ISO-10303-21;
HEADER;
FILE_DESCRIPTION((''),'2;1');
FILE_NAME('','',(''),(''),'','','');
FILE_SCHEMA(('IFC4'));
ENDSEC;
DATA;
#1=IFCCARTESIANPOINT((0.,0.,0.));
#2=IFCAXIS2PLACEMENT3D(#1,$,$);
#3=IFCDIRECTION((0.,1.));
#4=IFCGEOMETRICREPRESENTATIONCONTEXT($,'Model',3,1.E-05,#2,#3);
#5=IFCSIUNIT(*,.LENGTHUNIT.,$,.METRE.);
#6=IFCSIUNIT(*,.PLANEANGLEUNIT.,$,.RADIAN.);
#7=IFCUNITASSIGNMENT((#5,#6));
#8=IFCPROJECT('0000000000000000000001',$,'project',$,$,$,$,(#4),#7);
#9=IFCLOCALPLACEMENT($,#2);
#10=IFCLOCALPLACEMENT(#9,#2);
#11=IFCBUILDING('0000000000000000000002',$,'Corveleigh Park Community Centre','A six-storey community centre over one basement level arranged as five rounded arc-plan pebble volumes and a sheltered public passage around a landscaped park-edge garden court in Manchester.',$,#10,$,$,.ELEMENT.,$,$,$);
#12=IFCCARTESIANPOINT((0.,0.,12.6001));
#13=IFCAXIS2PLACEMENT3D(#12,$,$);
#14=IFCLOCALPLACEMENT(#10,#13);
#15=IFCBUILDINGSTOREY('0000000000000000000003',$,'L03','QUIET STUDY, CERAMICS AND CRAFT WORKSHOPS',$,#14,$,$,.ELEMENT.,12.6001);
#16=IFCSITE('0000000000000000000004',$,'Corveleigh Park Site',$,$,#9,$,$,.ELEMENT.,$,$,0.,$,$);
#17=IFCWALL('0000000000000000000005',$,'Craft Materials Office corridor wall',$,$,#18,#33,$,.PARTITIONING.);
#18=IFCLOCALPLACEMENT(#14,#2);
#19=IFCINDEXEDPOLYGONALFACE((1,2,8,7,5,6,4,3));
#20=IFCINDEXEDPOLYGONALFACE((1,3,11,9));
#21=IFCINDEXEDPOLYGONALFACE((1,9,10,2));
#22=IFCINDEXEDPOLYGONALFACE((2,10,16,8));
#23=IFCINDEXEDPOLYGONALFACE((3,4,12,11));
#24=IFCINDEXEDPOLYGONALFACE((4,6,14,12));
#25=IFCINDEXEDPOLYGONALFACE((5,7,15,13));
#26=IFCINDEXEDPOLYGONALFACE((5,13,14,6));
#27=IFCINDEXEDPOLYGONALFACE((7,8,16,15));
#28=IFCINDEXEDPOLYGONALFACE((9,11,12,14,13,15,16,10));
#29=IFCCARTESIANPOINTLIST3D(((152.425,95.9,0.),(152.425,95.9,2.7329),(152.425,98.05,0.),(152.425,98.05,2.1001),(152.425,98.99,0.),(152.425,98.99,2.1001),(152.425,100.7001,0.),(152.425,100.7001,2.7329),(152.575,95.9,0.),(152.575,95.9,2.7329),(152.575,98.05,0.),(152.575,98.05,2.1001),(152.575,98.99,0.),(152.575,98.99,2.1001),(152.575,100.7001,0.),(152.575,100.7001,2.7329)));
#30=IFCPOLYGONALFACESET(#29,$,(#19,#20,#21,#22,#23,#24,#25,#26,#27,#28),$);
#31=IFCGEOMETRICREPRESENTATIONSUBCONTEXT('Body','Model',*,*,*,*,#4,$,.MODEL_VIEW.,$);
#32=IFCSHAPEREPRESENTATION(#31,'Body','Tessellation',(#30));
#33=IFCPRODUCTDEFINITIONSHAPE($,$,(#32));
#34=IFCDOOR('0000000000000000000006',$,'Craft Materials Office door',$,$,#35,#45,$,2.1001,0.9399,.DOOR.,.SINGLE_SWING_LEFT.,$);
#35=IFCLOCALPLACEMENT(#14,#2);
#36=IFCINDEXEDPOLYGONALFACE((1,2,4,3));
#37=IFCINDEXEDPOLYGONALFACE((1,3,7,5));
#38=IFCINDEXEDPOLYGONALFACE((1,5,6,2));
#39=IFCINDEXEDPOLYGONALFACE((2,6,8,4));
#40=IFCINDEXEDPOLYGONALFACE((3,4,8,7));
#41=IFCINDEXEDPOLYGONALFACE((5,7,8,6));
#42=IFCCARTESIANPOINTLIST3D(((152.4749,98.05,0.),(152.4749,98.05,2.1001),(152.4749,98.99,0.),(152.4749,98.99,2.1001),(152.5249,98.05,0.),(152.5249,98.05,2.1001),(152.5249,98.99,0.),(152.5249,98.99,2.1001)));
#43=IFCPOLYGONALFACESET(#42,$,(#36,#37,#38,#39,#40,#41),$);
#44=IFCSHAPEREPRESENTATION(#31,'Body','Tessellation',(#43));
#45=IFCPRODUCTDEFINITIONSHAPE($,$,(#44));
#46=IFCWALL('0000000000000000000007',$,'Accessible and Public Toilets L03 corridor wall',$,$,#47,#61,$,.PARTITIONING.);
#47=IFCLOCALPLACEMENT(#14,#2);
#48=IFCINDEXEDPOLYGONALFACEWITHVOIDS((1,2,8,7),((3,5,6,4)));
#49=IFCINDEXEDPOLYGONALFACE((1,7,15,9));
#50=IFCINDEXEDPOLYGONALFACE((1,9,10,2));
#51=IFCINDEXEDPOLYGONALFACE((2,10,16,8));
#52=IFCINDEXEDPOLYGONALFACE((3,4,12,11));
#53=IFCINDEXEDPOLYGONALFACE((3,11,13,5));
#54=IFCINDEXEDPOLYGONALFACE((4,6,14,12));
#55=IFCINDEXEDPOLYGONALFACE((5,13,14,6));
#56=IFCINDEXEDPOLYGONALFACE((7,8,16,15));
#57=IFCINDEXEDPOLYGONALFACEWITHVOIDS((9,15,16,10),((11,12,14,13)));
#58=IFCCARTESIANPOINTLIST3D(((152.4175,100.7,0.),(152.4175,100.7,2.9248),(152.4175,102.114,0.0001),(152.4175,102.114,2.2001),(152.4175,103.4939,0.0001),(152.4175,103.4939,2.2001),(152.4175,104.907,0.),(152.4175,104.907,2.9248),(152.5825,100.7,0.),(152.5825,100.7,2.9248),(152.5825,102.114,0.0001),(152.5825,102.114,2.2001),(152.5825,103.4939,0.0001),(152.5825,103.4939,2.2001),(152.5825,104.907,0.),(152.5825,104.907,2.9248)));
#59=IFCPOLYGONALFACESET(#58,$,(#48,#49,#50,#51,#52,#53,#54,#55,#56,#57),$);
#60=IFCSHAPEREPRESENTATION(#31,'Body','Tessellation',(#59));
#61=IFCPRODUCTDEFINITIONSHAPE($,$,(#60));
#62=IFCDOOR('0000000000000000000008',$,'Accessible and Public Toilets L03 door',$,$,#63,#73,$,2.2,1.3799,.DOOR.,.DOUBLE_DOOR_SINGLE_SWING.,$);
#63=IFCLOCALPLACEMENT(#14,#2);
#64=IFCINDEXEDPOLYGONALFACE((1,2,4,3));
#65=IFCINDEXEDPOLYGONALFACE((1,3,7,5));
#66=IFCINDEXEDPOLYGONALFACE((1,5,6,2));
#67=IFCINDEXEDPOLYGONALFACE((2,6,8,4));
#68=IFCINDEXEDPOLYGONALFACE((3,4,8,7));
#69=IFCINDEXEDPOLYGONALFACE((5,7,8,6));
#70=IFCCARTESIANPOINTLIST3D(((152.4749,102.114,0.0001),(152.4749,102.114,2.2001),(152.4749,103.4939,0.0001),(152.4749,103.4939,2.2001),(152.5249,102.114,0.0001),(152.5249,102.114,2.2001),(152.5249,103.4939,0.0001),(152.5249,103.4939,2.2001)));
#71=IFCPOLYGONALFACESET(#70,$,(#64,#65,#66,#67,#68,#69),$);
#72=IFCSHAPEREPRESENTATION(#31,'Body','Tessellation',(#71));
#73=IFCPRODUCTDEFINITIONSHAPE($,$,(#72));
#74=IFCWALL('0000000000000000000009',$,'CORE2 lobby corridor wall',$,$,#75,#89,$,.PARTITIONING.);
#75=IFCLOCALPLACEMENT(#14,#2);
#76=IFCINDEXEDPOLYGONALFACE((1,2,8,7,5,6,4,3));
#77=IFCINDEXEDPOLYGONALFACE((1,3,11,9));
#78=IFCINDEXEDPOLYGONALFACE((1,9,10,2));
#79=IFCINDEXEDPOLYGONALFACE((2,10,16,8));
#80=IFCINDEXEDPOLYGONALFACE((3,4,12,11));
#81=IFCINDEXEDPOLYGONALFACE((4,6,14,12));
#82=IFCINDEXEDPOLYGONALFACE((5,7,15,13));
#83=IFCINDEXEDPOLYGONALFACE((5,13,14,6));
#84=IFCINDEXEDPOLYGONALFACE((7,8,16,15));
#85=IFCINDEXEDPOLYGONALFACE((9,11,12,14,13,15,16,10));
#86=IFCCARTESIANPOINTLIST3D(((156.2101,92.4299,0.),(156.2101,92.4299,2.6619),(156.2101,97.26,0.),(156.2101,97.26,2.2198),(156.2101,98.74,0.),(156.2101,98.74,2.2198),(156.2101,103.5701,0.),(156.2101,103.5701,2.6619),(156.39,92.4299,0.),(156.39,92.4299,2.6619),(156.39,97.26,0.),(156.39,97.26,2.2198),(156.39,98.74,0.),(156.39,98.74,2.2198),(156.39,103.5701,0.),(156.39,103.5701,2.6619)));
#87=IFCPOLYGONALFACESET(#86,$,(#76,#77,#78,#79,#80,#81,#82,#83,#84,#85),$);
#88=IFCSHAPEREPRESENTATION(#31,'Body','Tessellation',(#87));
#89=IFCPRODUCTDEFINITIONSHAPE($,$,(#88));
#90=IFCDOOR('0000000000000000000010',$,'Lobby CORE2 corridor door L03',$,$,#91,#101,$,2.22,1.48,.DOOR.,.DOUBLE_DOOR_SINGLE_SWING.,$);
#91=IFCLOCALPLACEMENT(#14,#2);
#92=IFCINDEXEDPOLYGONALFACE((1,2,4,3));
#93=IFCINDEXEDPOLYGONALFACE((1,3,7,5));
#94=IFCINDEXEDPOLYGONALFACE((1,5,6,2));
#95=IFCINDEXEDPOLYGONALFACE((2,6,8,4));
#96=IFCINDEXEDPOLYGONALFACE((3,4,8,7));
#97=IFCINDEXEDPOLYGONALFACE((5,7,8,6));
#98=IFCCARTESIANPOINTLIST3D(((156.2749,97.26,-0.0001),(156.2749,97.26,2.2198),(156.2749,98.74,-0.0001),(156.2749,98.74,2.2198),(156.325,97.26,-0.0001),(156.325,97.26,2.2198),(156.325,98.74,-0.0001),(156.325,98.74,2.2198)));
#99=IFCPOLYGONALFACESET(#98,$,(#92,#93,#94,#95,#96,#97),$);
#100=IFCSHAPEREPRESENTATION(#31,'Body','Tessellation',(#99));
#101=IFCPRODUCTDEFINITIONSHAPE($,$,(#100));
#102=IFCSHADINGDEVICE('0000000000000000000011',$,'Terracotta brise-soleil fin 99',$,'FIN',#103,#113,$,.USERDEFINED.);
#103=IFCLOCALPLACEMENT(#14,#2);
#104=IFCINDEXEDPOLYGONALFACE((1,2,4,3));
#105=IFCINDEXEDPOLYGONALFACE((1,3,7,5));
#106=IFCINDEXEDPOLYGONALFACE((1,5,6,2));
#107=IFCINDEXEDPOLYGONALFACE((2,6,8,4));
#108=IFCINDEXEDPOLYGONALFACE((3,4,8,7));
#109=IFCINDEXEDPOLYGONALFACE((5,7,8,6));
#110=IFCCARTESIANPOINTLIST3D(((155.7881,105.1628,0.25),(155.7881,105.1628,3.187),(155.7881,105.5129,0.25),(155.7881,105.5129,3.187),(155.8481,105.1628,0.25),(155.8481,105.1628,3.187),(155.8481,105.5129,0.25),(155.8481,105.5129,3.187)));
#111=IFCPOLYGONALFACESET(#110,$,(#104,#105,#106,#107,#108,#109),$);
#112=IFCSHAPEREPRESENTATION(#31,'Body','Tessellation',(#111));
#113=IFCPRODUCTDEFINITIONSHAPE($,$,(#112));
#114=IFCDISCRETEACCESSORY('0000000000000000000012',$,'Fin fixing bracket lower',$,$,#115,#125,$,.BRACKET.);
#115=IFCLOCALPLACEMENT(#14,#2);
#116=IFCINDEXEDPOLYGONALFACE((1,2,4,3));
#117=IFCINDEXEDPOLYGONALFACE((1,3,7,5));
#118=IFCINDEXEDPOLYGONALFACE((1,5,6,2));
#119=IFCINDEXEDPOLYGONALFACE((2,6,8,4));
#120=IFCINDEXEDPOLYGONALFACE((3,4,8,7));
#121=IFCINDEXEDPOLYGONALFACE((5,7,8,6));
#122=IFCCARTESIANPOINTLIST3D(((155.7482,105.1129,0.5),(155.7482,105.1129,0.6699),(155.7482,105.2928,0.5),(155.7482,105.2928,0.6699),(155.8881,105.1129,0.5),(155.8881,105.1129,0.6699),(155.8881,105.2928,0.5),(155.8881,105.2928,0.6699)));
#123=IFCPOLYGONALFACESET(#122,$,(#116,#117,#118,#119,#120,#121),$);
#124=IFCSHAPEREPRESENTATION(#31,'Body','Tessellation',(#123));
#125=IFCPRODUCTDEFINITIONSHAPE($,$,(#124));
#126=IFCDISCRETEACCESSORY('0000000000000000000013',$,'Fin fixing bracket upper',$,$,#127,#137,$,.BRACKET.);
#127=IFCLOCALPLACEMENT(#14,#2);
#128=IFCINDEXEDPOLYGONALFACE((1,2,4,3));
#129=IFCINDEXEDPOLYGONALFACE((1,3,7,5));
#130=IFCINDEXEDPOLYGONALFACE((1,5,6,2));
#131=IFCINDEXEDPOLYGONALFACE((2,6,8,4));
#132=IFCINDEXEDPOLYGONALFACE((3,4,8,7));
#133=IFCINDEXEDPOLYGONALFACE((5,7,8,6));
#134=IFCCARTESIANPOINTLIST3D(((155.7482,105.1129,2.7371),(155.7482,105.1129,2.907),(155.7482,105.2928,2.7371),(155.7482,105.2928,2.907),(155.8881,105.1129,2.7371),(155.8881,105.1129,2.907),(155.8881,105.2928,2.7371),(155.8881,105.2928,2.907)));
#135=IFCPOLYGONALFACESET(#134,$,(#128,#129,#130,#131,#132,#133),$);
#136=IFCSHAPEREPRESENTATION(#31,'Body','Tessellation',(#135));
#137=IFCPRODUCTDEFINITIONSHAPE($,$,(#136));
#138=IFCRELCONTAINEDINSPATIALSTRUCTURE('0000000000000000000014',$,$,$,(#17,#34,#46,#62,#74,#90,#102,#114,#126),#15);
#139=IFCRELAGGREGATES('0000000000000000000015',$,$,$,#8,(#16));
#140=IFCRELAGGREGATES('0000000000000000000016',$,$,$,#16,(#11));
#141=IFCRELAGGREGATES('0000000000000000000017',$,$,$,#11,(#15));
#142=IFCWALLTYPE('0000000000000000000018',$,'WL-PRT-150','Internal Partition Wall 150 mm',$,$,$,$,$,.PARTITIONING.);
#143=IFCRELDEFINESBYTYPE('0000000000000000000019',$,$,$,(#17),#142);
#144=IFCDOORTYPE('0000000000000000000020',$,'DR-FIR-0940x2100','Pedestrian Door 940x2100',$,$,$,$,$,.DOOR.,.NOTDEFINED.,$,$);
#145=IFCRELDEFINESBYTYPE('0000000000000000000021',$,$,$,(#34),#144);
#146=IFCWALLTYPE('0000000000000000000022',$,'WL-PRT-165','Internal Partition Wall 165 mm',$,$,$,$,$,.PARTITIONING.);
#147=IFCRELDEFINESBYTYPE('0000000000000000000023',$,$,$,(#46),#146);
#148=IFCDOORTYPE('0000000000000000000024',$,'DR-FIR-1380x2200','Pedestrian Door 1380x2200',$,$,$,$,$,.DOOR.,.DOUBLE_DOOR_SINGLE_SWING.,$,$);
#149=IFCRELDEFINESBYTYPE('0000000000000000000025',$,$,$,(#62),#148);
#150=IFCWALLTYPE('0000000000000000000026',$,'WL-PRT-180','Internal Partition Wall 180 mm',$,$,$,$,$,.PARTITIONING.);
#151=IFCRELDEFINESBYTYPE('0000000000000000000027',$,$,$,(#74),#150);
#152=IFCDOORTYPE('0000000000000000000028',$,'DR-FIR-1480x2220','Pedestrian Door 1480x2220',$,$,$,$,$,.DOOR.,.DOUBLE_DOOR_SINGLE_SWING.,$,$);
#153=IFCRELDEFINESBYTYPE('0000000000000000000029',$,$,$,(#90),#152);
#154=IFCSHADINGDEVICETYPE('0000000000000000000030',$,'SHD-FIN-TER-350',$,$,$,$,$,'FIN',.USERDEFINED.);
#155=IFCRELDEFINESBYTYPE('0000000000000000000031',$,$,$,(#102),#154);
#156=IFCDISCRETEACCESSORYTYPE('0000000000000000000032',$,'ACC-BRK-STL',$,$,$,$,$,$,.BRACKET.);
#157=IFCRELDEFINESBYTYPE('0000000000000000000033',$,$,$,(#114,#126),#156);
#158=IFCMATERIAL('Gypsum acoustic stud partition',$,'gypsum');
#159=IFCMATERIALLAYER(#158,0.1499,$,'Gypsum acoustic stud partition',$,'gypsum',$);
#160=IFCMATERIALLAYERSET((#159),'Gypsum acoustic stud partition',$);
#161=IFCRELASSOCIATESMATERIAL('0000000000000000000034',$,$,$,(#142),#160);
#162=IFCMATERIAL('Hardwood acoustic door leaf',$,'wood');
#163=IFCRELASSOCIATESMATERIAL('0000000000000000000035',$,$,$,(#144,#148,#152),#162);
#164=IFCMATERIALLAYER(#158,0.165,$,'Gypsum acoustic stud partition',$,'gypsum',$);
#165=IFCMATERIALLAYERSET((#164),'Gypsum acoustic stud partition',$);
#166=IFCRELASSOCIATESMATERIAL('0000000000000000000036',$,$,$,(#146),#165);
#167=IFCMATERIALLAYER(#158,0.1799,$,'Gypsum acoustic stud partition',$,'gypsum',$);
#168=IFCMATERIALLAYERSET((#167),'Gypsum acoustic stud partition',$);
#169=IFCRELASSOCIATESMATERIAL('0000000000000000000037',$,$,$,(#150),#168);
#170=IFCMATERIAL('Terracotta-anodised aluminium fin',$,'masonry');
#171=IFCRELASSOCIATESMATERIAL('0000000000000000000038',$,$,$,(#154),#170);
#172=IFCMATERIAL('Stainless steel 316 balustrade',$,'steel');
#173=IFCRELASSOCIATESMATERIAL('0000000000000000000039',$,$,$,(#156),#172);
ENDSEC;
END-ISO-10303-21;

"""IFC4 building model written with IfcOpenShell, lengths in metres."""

from ifc_helpers import new_model, si_unit, direction, frame, frame_2d, origin, origin_2d, place, context, subcontext, project, spatial, rectangle, extrude, material, layer, layer_set, type_object, element, fill, save


model = new_model("IFC4")

# Units and contexts
model_context = context("Model", 3, precision=1e-05, world=origin(), true_north=direction((0.0, 1.0)))
body_context = subcontext(model_context, "Body", "Model", "MODEL_VIEW")
ifc_project = project(units=[si_unit("LENGTHUNIT", "METRE"), si_unit("PLANEANGLEUNIT", "RADIAN")], contexts=[model_context])

# Site, building, storey
site_placement = place(None, origin())
site = spatial("IfcSite", under=ifc_project, at=site_placement, Name="Corveleigh Park Site", CompositionType="ELEMENT", RefElevation=0.0)
building_placement = place(site_placement, origin())
building = spatial("IfcBuilding", under=site, at=building_placement, Name="Corveleigh Park Community Centre", Description="A six-storey community centre over one basement level arranged as five rounded arc-plan pebble volumes and a sheltered public passage around a landscaped park-edge garden court in Manchester.", CompositionType="ELEMENT")
storey_placement = place(building_placement, frame((0.0, 0.0, 12.6001)))
storey = spatial("IfcBuildingStorey", under=building, at=storey_placement, Name="L03", Description="QUIET STUDY, CERAMICS AND CRAFT WORKSHOPS", CompositionType="ELEMENT", Elevation=12.6001)

# Walls, openings, doors
ifc_material_1 = material(Name="Gypsum acoustic stud partition", Category="gypsum")
ifc_layer_1 = layer(ifc_material_1, 0.1499, Name="Gypsum acoustic stud partition", Category="gypsum")
ifc_layer_set_1 = layer_set([ifc_layer_1], Name="Gypsum acoustic stud partition")
wall_type_1 = type_object("IfcWallType", Name="WL-PRT-150", Description="Internal Partition Wall 150 mm", PredefinedType="PARTITIONING", material=ifc_layer_set_1)
wall_1_placement = place(storey_placement, frame((152.5, 100.7, 0.0), z_axis=(0.0, 0.0, 1.0), x_axis=(0.0, -1.0, 0.0)))
wall_1 = element("IfcWall", 1, at=wall_1_placement, inside=storey, type_object=wall_type_1, Name="Craft Materials Office corridor wall", PredefinedType="PARTITIONING", context=body_context, shape_type="SweptSolid", body=[
    extrude(rectangle(XDim=4.8, YDim=0.1499, at=frame_2d((2.3999, 0.0))), origin(), (0.0, 0.0, 1.0), 2.7329),
])
opening_1_placement = place(wall_1_placement, frame((1.71, 0.0, 0.0)))
opening_1 = element("IfcOpeningElement", 2, at=opening_1_placement, cuts=wall_1, PredefinedType="OPENING", context=body_context, shape_type="SweptSolid", body=[
    extrude(rectangle(XDim=0.9399, YDim=2.1001, at=frame_2d((0.47, 1.05))), frame((0.0, 0.085, 0.0), z_axis=(0.0, -1.0, 0.0), x_axis=(1.0, 0.0, 0.0)), (0.0, 0.0, 1.0), 0.1699),
])
ifc_material_2 = material(Name="Hardwood acoustic door leaf", Category="wood")
door_type_1 = type_object("IfcDoorType", Name="DR-FIR-0940x2100", Description="Pedestrian Door 940x2100", OperationType="NOTDEFINED", PredefinedType="DOOR", material=ifc_material_2)
door_1_placement = place(opening_1_placement, origin())
door_1 = element("IfcDoor", 3, at=door_1_placement, inside=storey, type_object=door_type_1, Name="Craft Materials Office door", OperationType="SINGLE_SWING_LEFT", OverallHeight=2.1001, OverallWidth=0.9399, PredefinedType="DOOR", context=body_context, shape_type="SweptSolid", body=[
    extrude(rectangle(XDim=0.9399, YDim=2.1001, at=frame_2d((0.47, 1.05))), frame((0.0, 0.0249, 0.0), z_axis=(0.0, -1.0, 0.0), x_axis=(1.0, 0.0, 0.0)), (0.0, 0.0, 1.0), 0.05),
])
fill(opening_1, door_1)
ifc_layer_2 = layer(ifc_material_1, 0.165, Name="Gypsum acoustic stud partition", Category="gypsum")
ifc_layer_set_2 = layer_set([ifc_layer_2], Name="Gypsum acoustic stud partition")
wall_type_2 = type_object("IfcWallType", Name="WL-PRT-165", Description="Internal Partition Wall 165 mm", PredefinedType="PARTITIONING", material=ifc_layer_set_2)
wall_2_placement = place(storey_placement, frame((152.5, 104.907, 0.0), z_axis=(0.0, 0.0, 1.0), x_axis=(0.0, -1.0, 0.0)))
wall_2 = element("IfcWall", 4, at=wall_2_placement, inside=storey, type_object=wall_type_2, Name="Accessible and Public Toilets L03 corridor wall", PredefinedType="PARTITIONING", context=body_context, shape_type="SweptSolid", body=[
    extrude(rectangle(XDim=4.207, YDim=0.165, at=frame_2d((2.1035, 0.0))), origin(), (0.0, 0.0, 1.0), 2.9248),
])
opening_2_placement = place(wall_2_placement, frame((1.4131, 0.0, 0.0)))
opening_2 = element("IfcOpeningElement", 5, at=opening_2_placement, cuts=wall_2, PredefinedType="OPENING", context=body_context, shape_type="SweptSolid", body=[
    extrude(rectangle(XDim=1.3799, YDim=2.2, at=frame_2d((0.6899, 1.1001))), frame((0.0, 0.0925, 0.0), z_axis=(0.0, -1.0, 0.0), x_axis=(1.0, 0.0, 0.0)), (0.0, 0.0, 1.0), 0.1851),
])
door_type_2 = type_object("IfcDoorType", Name="DR-FIR-1380x2200", Description="Pedestrian Door 1380x2200", OperationType="DOUBLE_DOOR_SINGLE_SWING", PredefinedType="DOOR", material=ifc_material_2)
door_2_placement = place(opening_2_placement, origin())
door_2 = element("IfcDoor", 6, at=door_2_placement, inside=storey, type_object=door_type_2, Name="Accessible and Public Toilets L03 door", OperationType="DOUBLE_DOOR_SINGLE_SWING", OverallHeight=2.2, OverallWidth=1.3799, PredefinedType="DOOR", context=body_context, shape_type="SweptSolid", body=[
    extrude(rectangle(XDim=1.3799, YDim=2.2, at=frame_2d((0.6899, 1.1001))), frame((0.0, 0.0249, 0.0), z_axis=(0.0, -1.0, 0.0), x_axis=(1.0, 0.0, 0.0)), (0.0, 0.0, 1.0), 0.05),
])
fill(opening_2, door_2)
ifc_layer_3 = layer(ifc_material_1, 0.1799, Name="Gypsum acoustic stud partition", Category="gypsum")
ifc_layer_set_3 = layer_set([ifc_layer_3], Name="Gypsum acoustic stud partition")
wall_type_3 = type_object("IfcWallType", Name="WL-PRT-180", Description="Internal Partition Wall 180 mm", PredefinedType="PARTITIONING", material=ifc_layer_set_3)
wall_3_placement = place(storey_placement, frame((156.3, 103.5701, 0.0), z_axis=(0.0, 0.0, 1.0), x_axis=(0.0, -1.0, 0.0)))
wall_3 = element("IfcWall", 7, at=wall_3_placement, inside=storey, type_object=wall_type_3, Name="CORE2 lobby corridor wall", PredefinedType="PARTITIONING", context=body_context, shape_type="SweptSolid", body=[
    extrude(rectangle(XDim=11.1401, YDim=0.1799, at=frame_2d((5.5701, 0.0))), origin(), (0.0, 0.0, 1.0), 2.6619),
])
opening_3_placement = place(wall_3_placement, frame((4.8301, 0.0, 0.0)))
opening_3 = element("IfcOpeningElement", 8, at=opening_3_placement, cuts=wall_3, PredefinedType="OPENING", context=body_context, shape_type="SweptSolid", body=[
    extrude(rectangle(XDim=1.48, YDim=2.22, at=frame_2d((0.74, 1.1099))), frame((0.0, 0.0999, 0.0), z_axis=(0.0, -1.0, 0.0), x_axis=(1.0, 0.0, 0.0)), (0.0, 0.0, 1.0), 0.2),
])
door_type_3 = type_object("IfcDoorType", Name="DR-FIR-1480x2220", Description="Pedestrian Door 1480x2220", OperationType="DOUBLE_DOOR_SINGLE_SWING", PredefinedType="DOOR", material=ifc_material_2)
door_3_placement = place(opening_3_placement, origin())
door_3 = element("IfcDoor", 9, at=door_3_placement, inside=storey, type_object=door_type_3, Name="Lobby CORE2 corridor door L03", OperationType="DOUBLE_DOOR_SINGLE_SWING", OverallHeight=2.22, OverallWidth=1.48, PredefinedType="DOOR", context=body_context, shape_type="SweptSolid", body=[
    extrude(rectangle(XDim=1.48, YDim=2.22, at=frame_2d((0.74, 1.1099))), frame((0.0, 0.0249, 0.0), z_axis=(0.0, -1.0, 0.0), x_axis=(1.0, 0.0, 0.0)), (0.0, 0.0, 1.0), 0.05),
])
fill(opening_3, door_3)

# Shading device
ifc_material_3 = material(Name="Terracotta-anodised aluminium fin", Category="masonry")
shading_device_type = type_object("IfcShadingDeviceType", Name="SHD-FIN-TER-350", ElementType="FIN", PredefinedType="USERDEFINED", material=ifc_material_3)
shading_device_placement = place(storey_placement, frame((155.8181, 105.3379, 0.25), z_axis=(0.0, 0.0, 1.0), x_axis=(0.0, 1.0, 0.0)))
element("IfcShadingDevice", 10, at=shading_device_placement, inside=storey, type_object=shading_device_type, Name="Terracotta brise-soleil fin 99", ObjectType="FIN", PredefinedType="USERDEFINED", context=body_context, shape_type="SweptSolid", body=[
    extrude(rectangle(XDim=0.3501, YDim=0.0601, at=origin_2d()), origin(), (0.0, 0.0, 1.0), 2.937),
])

# Discrete accessories
ifc_material_4 = material(Name="Stainless steel 316 balustrade", Category="steel")
discrete_accessory_type = type_object("IfcDiscreteAccessoryType", Name="ACC-BRK-STL", PredefinedType="BRACKET", material=ifc_material_4)
for number, where, z_axis, x_axis, name in (
    (11, (155.8181, 105.2029, 0.5), (0.0, 0.0, 1.0), (0.0, 1.0, 0.0), "Fin fixing bracket lower"),
    (12, (155.8181, 105.2029, 2.7371), (0.0, 0.0, 1.0), (0.0, 1.0, 0.0), "Fin fixing bracket upper"),
):
    element("IfcDiscreteAccessory", number, at=place(storey_placement, frame(where, z_axis=z_axis, x_axis=x_axis)), inside=storey, type_object=discrete_accessory_type, Name=name, PredefinedType="BRACKET", context=body_context, shape_type="SweptSolid", body=[
        extrude(rectangle(XDim=0.1799, YDim=0.1399, at=origin_2d()), origin(), (0.0, 0.0, 1.0), 0.1699),
    ])

save(model, "model.ifc")
